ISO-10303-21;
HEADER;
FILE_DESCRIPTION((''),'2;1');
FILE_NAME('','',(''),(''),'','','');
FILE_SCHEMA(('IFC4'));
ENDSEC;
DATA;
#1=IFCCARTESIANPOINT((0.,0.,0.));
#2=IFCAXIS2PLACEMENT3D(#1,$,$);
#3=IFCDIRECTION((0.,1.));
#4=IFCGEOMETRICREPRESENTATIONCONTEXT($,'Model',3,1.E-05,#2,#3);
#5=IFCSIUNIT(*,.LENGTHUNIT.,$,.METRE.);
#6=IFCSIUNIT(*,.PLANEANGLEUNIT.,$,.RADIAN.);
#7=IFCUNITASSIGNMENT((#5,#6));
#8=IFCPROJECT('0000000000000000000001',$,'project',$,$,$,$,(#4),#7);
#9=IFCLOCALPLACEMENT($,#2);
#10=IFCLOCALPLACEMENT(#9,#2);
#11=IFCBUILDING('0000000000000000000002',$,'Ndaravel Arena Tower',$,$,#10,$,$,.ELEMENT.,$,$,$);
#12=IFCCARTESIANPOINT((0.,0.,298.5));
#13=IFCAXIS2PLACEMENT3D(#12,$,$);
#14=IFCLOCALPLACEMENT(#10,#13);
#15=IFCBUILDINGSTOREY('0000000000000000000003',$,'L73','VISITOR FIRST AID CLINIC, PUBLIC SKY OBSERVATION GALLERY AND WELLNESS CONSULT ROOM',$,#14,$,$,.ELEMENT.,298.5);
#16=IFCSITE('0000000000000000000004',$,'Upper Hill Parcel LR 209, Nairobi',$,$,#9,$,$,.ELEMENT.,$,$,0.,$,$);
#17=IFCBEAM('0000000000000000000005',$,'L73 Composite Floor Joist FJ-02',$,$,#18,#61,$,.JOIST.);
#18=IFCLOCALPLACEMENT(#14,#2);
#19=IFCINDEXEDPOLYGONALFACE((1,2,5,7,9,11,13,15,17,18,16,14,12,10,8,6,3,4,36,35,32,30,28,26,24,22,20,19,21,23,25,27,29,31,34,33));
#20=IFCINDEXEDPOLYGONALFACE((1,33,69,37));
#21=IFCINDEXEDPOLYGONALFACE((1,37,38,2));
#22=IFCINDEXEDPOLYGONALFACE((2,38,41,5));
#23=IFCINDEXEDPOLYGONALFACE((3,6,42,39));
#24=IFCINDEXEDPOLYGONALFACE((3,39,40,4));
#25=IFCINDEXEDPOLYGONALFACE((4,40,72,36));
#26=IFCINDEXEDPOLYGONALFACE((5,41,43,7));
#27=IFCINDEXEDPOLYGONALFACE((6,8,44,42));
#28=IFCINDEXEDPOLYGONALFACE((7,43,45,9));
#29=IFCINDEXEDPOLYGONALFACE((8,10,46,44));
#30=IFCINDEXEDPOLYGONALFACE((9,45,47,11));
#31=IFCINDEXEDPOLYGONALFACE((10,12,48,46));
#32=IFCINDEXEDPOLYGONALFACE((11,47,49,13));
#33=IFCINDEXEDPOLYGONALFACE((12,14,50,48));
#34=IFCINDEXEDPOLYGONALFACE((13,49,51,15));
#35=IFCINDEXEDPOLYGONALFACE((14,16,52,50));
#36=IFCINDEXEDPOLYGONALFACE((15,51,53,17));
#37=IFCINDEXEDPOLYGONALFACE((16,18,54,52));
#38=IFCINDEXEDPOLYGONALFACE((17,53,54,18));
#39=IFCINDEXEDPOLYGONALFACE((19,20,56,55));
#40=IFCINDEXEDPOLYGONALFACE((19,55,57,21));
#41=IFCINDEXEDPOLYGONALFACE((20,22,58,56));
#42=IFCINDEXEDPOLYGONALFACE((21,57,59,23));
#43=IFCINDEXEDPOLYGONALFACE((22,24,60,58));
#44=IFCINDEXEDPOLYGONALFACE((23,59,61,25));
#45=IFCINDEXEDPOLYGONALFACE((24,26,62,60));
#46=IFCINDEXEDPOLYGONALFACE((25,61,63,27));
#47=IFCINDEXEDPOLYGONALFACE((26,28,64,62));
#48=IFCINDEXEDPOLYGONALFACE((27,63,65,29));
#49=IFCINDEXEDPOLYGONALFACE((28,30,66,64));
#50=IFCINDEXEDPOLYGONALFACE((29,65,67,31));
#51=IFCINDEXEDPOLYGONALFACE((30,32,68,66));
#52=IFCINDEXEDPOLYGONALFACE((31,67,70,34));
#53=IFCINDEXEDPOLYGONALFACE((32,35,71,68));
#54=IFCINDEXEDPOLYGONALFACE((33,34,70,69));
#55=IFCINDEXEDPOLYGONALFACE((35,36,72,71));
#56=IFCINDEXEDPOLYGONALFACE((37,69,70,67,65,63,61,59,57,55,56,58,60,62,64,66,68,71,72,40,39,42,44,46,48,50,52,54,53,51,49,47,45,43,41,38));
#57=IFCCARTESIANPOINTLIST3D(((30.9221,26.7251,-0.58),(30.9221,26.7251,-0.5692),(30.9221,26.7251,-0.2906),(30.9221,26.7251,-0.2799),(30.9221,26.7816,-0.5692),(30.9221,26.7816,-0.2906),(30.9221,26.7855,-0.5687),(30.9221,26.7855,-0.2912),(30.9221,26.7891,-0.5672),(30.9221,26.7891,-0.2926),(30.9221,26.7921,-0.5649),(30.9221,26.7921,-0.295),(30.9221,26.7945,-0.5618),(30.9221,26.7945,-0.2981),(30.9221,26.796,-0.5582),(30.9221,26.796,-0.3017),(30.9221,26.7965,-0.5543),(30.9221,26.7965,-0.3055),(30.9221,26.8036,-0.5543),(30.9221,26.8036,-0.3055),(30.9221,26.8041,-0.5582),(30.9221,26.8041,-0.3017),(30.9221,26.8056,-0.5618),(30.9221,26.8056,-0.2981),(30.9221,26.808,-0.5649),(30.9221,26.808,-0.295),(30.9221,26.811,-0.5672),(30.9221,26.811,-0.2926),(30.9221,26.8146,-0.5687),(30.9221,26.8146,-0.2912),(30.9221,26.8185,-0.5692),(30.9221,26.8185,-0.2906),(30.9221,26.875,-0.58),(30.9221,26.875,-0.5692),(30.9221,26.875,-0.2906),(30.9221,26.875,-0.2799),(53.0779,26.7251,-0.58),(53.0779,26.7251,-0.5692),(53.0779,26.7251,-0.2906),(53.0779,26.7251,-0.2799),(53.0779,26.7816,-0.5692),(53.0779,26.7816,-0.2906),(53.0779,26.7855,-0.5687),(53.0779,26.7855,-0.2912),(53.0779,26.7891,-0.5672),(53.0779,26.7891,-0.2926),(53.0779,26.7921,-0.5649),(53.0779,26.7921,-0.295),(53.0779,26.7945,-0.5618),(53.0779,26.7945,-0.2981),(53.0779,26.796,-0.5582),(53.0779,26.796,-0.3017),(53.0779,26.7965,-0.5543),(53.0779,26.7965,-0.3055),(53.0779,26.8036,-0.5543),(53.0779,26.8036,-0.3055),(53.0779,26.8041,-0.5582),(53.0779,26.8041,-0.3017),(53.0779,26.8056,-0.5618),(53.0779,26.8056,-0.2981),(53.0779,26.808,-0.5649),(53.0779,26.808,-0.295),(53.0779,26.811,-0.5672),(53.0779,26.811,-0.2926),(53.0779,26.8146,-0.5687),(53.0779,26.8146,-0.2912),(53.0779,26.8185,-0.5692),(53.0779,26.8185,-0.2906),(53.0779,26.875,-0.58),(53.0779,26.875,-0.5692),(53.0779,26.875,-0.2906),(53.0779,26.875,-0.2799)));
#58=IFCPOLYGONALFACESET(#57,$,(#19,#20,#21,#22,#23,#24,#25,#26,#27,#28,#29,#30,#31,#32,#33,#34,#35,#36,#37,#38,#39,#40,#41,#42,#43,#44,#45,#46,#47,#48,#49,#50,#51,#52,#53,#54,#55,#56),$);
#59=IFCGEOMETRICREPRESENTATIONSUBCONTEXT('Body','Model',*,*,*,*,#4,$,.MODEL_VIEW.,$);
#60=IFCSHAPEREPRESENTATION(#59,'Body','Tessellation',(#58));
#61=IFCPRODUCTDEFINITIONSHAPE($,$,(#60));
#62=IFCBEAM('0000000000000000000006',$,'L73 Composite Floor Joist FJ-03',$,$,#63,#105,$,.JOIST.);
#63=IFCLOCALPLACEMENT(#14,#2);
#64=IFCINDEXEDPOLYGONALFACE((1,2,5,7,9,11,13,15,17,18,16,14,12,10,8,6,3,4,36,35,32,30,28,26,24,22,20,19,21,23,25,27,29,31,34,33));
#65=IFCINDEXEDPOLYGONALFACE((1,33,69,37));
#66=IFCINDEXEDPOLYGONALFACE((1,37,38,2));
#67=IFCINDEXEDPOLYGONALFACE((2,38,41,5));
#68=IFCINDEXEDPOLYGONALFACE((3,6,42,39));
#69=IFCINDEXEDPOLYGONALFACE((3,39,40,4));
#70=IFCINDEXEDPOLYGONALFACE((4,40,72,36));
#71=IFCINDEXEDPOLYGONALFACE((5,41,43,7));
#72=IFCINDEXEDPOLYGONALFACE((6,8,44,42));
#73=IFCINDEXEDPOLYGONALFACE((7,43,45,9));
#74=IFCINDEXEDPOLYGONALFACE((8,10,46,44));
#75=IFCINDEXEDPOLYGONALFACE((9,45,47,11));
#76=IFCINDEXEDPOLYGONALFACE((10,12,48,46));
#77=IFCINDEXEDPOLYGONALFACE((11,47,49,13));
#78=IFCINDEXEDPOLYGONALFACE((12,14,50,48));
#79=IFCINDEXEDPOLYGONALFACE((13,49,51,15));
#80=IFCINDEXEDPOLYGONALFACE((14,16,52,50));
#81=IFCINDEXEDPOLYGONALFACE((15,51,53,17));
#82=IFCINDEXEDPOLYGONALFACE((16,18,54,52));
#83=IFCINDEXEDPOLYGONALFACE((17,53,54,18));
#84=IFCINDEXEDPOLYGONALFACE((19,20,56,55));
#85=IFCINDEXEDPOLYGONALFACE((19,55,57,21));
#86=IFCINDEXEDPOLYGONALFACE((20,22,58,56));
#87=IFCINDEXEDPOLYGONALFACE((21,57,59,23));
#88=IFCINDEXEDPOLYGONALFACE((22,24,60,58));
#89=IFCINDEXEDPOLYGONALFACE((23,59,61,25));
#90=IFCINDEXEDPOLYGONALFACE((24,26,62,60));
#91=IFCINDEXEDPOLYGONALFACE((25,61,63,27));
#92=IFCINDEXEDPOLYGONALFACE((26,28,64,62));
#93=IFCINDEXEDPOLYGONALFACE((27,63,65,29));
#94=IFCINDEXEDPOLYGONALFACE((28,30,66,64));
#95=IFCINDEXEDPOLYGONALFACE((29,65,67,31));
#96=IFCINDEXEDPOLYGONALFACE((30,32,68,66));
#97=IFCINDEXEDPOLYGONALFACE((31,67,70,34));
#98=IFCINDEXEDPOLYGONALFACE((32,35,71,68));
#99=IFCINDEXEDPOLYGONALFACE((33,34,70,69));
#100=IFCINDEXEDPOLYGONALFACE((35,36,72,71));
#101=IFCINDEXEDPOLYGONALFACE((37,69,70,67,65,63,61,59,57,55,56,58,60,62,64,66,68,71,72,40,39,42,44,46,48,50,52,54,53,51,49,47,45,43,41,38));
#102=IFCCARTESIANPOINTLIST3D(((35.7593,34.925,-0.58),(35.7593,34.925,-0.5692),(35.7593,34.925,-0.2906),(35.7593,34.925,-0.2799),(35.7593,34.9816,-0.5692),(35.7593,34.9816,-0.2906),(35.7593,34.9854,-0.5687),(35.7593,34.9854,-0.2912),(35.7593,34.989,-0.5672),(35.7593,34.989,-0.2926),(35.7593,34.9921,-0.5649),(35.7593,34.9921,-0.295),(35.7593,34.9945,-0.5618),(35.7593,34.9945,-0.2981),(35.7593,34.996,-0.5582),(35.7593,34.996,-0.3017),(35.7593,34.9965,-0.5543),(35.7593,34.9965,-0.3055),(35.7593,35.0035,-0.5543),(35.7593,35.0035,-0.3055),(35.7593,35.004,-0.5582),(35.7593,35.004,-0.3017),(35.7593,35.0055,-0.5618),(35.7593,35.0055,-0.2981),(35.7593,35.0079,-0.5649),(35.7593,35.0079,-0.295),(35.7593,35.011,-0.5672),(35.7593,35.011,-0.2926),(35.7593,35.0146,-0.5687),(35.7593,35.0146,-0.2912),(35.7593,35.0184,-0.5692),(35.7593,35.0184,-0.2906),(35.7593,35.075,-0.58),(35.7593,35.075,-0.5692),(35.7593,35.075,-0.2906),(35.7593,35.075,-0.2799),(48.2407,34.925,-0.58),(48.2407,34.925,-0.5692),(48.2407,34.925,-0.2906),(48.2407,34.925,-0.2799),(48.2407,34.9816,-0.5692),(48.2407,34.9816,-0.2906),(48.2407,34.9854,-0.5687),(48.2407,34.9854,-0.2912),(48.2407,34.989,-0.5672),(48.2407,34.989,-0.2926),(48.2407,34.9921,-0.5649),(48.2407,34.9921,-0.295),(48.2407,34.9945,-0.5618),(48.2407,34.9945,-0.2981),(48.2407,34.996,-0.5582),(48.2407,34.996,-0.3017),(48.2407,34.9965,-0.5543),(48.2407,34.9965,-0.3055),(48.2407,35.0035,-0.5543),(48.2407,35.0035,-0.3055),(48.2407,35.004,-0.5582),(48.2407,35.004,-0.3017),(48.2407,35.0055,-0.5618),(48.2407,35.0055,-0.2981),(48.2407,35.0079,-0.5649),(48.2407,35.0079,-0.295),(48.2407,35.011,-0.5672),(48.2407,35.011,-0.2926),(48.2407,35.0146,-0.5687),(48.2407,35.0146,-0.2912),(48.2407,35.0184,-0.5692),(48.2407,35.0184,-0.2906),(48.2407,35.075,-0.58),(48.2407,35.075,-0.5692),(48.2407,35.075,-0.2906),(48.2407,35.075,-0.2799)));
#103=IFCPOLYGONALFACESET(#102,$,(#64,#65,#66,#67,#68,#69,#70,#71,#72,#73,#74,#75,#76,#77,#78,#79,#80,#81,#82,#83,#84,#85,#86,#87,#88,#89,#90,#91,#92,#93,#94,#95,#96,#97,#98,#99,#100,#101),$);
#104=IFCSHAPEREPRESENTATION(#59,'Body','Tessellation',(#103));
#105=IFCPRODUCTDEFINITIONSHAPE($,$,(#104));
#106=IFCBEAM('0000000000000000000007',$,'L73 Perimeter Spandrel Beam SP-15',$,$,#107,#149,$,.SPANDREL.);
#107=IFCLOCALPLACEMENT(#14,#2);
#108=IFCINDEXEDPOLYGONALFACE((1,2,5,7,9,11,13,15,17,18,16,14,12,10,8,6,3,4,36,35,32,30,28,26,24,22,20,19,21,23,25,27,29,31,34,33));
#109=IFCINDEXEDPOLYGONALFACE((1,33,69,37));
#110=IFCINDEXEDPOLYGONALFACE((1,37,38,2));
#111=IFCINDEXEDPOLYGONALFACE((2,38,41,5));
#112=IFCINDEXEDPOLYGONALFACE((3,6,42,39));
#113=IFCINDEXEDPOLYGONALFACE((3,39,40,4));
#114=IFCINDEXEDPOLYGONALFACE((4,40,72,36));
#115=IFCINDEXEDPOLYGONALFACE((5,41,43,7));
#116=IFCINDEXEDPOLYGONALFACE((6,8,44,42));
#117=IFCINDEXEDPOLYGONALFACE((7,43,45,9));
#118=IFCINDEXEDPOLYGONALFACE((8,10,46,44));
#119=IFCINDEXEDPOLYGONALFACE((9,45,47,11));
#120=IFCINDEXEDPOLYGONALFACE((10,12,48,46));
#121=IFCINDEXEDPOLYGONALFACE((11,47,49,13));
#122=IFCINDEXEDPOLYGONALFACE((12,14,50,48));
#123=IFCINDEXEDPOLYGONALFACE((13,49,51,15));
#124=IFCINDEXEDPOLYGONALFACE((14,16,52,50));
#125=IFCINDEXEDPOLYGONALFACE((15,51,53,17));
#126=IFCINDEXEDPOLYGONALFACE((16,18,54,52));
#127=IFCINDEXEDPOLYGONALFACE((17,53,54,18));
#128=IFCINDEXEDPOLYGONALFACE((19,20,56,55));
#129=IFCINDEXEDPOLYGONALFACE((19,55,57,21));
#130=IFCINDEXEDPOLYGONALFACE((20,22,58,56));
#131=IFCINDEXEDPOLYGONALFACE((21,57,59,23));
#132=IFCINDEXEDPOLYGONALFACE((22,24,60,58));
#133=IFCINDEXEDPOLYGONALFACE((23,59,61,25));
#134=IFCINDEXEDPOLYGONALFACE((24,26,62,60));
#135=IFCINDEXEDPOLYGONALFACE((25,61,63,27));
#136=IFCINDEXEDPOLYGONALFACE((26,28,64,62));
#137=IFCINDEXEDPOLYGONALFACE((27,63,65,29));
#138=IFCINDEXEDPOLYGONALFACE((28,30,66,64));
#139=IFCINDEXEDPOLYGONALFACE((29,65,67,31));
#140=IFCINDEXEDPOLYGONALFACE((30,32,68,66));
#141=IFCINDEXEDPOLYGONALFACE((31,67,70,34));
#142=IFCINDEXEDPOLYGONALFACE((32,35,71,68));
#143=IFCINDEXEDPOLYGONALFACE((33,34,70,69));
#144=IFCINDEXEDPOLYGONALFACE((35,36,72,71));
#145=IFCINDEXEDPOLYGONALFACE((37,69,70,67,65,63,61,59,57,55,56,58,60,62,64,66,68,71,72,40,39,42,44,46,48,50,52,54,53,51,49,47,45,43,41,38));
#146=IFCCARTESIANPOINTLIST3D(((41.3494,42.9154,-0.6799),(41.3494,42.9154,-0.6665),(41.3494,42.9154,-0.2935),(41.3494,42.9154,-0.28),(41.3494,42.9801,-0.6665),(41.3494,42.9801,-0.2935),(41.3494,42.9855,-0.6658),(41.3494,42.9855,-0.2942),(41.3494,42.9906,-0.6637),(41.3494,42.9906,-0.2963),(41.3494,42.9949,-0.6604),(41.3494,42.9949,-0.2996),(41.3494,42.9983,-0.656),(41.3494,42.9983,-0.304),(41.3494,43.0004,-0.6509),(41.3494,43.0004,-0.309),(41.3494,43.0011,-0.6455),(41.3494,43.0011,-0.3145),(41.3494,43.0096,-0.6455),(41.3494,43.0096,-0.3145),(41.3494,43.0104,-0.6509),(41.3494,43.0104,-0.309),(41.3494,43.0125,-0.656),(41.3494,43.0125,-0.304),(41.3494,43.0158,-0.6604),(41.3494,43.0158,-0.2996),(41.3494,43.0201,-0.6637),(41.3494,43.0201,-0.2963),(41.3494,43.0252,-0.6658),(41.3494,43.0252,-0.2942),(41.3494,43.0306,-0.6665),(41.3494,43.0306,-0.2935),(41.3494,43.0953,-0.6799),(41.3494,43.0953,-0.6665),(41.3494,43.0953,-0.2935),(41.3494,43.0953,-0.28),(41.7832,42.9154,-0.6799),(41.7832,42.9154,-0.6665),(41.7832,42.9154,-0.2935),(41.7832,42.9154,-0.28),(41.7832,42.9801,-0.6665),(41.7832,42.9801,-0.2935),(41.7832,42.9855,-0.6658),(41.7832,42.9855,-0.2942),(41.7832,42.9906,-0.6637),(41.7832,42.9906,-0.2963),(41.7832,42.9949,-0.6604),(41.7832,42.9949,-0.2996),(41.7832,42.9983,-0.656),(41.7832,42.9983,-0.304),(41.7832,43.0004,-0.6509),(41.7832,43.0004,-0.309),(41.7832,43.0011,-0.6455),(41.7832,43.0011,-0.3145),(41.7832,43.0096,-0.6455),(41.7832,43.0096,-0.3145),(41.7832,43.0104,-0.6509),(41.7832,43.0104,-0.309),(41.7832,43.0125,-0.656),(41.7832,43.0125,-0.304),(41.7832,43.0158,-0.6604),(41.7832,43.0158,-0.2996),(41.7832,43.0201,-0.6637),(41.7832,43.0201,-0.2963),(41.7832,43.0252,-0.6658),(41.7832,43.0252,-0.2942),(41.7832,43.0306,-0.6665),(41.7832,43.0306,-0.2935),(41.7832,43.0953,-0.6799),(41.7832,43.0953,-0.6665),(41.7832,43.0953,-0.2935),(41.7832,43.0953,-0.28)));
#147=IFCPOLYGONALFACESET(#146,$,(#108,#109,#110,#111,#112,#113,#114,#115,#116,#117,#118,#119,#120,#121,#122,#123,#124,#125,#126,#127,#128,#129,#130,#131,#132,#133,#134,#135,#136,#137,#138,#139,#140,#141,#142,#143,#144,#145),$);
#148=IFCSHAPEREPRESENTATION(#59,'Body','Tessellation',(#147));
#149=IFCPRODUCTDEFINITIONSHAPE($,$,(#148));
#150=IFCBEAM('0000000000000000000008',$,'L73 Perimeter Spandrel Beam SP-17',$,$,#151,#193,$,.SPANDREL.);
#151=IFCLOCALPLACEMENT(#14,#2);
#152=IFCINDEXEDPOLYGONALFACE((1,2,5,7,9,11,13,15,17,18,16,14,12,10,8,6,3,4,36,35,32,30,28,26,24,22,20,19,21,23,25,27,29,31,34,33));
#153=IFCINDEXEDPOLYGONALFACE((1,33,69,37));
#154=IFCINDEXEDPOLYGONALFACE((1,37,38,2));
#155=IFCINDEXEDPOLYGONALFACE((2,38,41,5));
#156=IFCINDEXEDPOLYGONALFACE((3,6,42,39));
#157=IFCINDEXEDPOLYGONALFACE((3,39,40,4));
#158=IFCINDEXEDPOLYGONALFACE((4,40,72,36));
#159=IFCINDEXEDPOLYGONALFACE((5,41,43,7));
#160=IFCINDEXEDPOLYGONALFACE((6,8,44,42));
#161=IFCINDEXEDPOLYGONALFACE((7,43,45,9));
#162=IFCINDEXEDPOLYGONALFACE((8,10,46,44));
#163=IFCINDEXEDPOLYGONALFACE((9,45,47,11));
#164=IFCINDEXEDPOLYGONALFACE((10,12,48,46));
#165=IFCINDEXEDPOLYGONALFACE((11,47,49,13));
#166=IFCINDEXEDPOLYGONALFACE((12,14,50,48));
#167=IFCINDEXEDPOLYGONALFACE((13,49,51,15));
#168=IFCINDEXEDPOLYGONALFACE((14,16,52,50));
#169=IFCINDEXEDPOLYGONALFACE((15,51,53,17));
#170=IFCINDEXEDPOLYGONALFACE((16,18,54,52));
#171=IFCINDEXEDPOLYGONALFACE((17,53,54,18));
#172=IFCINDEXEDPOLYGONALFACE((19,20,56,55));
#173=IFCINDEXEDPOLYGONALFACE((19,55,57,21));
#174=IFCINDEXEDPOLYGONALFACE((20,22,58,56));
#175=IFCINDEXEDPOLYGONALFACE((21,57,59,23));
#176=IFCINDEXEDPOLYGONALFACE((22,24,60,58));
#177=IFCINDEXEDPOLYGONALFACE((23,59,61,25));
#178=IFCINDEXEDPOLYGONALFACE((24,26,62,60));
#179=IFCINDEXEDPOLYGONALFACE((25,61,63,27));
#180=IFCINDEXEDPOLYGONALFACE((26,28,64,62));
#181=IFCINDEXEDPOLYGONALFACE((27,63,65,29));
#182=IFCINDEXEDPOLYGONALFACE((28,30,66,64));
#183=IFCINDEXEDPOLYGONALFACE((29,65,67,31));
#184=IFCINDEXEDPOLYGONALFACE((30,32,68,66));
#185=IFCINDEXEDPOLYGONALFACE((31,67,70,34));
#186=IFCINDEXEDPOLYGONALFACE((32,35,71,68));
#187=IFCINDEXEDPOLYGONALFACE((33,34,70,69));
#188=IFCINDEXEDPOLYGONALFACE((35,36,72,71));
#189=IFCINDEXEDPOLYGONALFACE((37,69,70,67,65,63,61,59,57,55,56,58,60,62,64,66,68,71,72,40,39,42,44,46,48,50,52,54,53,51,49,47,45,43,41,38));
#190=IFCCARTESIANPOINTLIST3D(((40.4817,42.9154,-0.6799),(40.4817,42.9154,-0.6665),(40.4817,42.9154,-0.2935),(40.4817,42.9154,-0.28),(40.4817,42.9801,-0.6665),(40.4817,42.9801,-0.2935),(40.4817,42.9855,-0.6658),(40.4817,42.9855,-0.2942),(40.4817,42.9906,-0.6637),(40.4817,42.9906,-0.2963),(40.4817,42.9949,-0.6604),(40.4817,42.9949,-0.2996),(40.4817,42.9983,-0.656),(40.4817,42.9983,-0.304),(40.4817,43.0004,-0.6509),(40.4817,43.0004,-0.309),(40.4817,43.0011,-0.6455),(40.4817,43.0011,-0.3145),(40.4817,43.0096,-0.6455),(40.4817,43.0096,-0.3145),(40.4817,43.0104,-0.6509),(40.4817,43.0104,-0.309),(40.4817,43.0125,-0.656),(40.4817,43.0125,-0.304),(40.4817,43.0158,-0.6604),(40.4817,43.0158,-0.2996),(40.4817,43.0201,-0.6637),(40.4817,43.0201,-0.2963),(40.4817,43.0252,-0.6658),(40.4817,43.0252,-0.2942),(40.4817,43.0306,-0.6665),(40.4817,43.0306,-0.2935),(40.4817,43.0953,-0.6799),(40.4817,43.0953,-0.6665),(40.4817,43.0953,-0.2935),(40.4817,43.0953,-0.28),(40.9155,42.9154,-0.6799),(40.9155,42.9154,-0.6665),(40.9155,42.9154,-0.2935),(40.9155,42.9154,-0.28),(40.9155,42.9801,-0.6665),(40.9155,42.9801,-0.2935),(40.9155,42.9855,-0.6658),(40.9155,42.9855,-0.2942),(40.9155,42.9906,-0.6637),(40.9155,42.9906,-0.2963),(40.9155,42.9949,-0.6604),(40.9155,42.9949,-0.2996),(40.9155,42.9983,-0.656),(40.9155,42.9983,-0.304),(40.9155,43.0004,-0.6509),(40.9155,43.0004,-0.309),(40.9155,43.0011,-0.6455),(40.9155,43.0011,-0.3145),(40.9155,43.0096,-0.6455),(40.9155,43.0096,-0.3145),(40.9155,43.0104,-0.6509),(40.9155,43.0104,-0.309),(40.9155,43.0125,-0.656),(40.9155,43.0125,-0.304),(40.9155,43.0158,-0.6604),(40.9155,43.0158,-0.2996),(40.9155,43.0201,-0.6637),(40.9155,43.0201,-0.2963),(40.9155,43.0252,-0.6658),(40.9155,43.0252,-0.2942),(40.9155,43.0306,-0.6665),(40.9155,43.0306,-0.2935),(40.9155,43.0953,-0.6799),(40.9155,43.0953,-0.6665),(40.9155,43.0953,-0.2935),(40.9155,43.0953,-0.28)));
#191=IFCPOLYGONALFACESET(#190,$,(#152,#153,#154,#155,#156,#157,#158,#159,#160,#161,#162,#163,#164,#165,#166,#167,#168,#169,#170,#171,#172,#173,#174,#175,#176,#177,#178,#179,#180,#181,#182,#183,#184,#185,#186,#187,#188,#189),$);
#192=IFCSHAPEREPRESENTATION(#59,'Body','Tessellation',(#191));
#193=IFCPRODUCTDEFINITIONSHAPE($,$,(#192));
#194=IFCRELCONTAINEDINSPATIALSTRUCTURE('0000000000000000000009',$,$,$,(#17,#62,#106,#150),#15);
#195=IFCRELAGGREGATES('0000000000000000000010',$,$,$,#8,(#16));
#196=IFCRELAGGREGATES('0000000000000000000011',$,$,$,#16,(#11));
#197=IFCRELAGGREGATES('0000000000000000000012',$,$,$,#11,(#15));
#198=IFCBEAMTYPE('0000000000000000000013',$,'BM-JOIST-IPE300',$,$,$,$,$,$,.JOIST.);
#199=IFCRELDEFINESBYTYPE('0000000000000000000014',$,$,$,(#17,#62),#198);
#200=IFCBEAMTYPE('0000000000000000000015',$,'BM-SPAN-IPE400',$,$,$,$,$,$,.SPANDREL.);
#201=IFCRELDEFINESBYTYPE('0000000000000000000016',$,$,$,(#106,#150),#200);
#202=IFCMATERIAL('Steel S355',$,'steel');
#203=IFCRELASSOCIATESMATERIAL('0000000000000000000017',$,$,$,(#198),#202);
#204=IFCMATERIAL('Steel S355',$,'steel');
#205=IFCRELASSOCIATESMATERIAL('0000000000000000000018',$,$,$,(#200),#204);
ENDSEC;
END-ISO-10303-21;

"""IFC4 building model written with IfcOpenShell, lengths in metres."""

from ifc_helpers import new_model, si_unit, direction, frame, origin, origin_2d, place, context, subcontext, project, spatial, i_section, extrude, material, material_profile, profile_set, type_object, element, save


model = new_model("IFC4")

# Units and contexts
model_context = context("Model", 3, precision=1e-05, world=origin(), true_north=direction((0.0, 1.0)))
body_context = subcontext(model_context, "Body", "Model", "MODEL_VIEW")
ifc_project = project(units=[si_unit("LENGTHUNIT", "METRE"), si_unit("PLANEANGLEUNIT", "RADIAN")], contexts=[model_context])

# Site, building, storey
site_placement = place(None, origin())
site = spatial("IfcSite", under=ifc_project, at=site_placement, Name="Upper Hill Parcel LR 209, Nairobi", CompositionType="ELEMENT", RefElevation=0.0)
building_placement = place(site_placement, origin())
building = spatial("IfcBuilding", under=site, at=building_placement, Name="Ndaravel Arena Tower", CompositionType="ELEMENT")
storey_placement = place(building_placement, frame((0.0, 0.0, 298.5)))
storey = spatial("IfcBuildingStorey", under=building, at=storey_placement, Name="L73", Description="VISITOR FIRST AID CLINIC, PUBLIC SKY OBSERVATION GALLERY AND WELLNESS CONSULT ROOM", CompositionType="ELEMENT", Elevation=298.5)

# Beams
ifc_material_1 = material(Name="Steel S355", Category="steel")
ifc_material_profile_1 = material_profile(ifc_material_1, i_section(OverallWidth=0.1499, OverallDepth=0.3, WebThickness=0.0071, FlangeThickness=0.0107, FilletRadius=0.0149, at=origin_2d()), Name="IPE 300")
ifc_profile_set_1 = profile_set([ifc_material_profile_1], Name="Steel S355")
beam_type_1 = type_object("IfcBeamType", Name="BM-JOIST-IPE300", PredefinedType="JOIST", material=ifc_profile_set_1)
beam_1_placement = place(storey_placement, frame((30.9221, 26.8, -0.4299), z_axis=(1.0, 0.0, 0.0), x_axis=(0.0, 1.0, 0.0)))
element("IfcBeam", 1, at=beam_1_placement, inside=storey, type_object=beam_type_1, Name="L73 Composite Floor Joist FJ-02", PredefinedType="JOIST", context=body_context, shape_type="SweptSolid", body=[
    extrude(i_section(OverallWidth=0.1499, OverallDepth=0.3, WebThickness=0.0071, FlangeThickness=0.0107, FilletRadius=0.0149, at=origin_2d()), origin(), (0.0, 0.0, 1.0), 22.1558),
])
beam_2_placement = place(storey_placement, frame((35.7593, 35.0, -0.4299), z_axis=(1.0, 0.0, 0.0), x_axis=(0.0, 1.0, 0.0)))
element("IfcBeam", 2, at=beam_2_placement, inside=storey, type_object=beam_type_1, Name="L73 Composite Floor Joist FJ-03", PredefinedType="JOIST", context=body_context, shape_type="SweptSolid", body=[
    extrude(i_section(OverallWidth=0.1499, OverallDepth=0.3, WebThickness=0.0071, FlangeThickness=0.0107, FilletRadius=0.0149, at=origin_2d()), origin(), (0.0, 0.0, 1.0), 12.4814),
])
ifc_material_2 = material(Name="Steel S355", Category="steel")
ifc_material_profile_2 = material_profile(ifc_material_2, i_section(OverallWidth=0.1799, OverallDepth=0.3999, WebThickness=0.0085, FlangeThickness=0.0134, FilletRadius=0.021, at=origin_2d()), Name="IPE 400")
ifc_profile_set_2 = profile_set([ifc_material_profile_2], Name="Steel S355")
beam_type_2 = type_object("IfcBeamType", Name="BM-SPAN-IPE400", PredefinedType="SPANDREL", material=ifc_profile_set_2)
for number, where, z_axis, x_axis, name in (
    (3, (41.7832, 43.0054, -0.48), (-1.0, 0.0, 0.0), (0.0, -1.0, 0.0), "L73 Perimeter Spandrel Beam SP-15"),
    (4, (40.9155, 43.0054, -0.48), (-1.0, 0.0, 0.0), (0.0, -1.0, 0.0), "L73 Perimeter Spandrel Beam SP-17"),
):
    element("IfcBeam", number, at=place(storey_placement, frame(where, z_axis=z_axis, x_axis=x_axis)), inside=storey, type_object=beam_type_2, Name=name, PredefinedType="SPANDREL", context=body_context, shape_type="SweptSolid", body=[
        extrude(i_section(OverallWidth=0.1799, OverallDepth=0.3999, WebThickness=0.0085, FlangeThickness=0.0134, FilletRadius=0.021, at=origin_2d()), origin(), (0.0, 0.0, 1.0), 0.4338),
    ])

save(model, "model.ifc")
